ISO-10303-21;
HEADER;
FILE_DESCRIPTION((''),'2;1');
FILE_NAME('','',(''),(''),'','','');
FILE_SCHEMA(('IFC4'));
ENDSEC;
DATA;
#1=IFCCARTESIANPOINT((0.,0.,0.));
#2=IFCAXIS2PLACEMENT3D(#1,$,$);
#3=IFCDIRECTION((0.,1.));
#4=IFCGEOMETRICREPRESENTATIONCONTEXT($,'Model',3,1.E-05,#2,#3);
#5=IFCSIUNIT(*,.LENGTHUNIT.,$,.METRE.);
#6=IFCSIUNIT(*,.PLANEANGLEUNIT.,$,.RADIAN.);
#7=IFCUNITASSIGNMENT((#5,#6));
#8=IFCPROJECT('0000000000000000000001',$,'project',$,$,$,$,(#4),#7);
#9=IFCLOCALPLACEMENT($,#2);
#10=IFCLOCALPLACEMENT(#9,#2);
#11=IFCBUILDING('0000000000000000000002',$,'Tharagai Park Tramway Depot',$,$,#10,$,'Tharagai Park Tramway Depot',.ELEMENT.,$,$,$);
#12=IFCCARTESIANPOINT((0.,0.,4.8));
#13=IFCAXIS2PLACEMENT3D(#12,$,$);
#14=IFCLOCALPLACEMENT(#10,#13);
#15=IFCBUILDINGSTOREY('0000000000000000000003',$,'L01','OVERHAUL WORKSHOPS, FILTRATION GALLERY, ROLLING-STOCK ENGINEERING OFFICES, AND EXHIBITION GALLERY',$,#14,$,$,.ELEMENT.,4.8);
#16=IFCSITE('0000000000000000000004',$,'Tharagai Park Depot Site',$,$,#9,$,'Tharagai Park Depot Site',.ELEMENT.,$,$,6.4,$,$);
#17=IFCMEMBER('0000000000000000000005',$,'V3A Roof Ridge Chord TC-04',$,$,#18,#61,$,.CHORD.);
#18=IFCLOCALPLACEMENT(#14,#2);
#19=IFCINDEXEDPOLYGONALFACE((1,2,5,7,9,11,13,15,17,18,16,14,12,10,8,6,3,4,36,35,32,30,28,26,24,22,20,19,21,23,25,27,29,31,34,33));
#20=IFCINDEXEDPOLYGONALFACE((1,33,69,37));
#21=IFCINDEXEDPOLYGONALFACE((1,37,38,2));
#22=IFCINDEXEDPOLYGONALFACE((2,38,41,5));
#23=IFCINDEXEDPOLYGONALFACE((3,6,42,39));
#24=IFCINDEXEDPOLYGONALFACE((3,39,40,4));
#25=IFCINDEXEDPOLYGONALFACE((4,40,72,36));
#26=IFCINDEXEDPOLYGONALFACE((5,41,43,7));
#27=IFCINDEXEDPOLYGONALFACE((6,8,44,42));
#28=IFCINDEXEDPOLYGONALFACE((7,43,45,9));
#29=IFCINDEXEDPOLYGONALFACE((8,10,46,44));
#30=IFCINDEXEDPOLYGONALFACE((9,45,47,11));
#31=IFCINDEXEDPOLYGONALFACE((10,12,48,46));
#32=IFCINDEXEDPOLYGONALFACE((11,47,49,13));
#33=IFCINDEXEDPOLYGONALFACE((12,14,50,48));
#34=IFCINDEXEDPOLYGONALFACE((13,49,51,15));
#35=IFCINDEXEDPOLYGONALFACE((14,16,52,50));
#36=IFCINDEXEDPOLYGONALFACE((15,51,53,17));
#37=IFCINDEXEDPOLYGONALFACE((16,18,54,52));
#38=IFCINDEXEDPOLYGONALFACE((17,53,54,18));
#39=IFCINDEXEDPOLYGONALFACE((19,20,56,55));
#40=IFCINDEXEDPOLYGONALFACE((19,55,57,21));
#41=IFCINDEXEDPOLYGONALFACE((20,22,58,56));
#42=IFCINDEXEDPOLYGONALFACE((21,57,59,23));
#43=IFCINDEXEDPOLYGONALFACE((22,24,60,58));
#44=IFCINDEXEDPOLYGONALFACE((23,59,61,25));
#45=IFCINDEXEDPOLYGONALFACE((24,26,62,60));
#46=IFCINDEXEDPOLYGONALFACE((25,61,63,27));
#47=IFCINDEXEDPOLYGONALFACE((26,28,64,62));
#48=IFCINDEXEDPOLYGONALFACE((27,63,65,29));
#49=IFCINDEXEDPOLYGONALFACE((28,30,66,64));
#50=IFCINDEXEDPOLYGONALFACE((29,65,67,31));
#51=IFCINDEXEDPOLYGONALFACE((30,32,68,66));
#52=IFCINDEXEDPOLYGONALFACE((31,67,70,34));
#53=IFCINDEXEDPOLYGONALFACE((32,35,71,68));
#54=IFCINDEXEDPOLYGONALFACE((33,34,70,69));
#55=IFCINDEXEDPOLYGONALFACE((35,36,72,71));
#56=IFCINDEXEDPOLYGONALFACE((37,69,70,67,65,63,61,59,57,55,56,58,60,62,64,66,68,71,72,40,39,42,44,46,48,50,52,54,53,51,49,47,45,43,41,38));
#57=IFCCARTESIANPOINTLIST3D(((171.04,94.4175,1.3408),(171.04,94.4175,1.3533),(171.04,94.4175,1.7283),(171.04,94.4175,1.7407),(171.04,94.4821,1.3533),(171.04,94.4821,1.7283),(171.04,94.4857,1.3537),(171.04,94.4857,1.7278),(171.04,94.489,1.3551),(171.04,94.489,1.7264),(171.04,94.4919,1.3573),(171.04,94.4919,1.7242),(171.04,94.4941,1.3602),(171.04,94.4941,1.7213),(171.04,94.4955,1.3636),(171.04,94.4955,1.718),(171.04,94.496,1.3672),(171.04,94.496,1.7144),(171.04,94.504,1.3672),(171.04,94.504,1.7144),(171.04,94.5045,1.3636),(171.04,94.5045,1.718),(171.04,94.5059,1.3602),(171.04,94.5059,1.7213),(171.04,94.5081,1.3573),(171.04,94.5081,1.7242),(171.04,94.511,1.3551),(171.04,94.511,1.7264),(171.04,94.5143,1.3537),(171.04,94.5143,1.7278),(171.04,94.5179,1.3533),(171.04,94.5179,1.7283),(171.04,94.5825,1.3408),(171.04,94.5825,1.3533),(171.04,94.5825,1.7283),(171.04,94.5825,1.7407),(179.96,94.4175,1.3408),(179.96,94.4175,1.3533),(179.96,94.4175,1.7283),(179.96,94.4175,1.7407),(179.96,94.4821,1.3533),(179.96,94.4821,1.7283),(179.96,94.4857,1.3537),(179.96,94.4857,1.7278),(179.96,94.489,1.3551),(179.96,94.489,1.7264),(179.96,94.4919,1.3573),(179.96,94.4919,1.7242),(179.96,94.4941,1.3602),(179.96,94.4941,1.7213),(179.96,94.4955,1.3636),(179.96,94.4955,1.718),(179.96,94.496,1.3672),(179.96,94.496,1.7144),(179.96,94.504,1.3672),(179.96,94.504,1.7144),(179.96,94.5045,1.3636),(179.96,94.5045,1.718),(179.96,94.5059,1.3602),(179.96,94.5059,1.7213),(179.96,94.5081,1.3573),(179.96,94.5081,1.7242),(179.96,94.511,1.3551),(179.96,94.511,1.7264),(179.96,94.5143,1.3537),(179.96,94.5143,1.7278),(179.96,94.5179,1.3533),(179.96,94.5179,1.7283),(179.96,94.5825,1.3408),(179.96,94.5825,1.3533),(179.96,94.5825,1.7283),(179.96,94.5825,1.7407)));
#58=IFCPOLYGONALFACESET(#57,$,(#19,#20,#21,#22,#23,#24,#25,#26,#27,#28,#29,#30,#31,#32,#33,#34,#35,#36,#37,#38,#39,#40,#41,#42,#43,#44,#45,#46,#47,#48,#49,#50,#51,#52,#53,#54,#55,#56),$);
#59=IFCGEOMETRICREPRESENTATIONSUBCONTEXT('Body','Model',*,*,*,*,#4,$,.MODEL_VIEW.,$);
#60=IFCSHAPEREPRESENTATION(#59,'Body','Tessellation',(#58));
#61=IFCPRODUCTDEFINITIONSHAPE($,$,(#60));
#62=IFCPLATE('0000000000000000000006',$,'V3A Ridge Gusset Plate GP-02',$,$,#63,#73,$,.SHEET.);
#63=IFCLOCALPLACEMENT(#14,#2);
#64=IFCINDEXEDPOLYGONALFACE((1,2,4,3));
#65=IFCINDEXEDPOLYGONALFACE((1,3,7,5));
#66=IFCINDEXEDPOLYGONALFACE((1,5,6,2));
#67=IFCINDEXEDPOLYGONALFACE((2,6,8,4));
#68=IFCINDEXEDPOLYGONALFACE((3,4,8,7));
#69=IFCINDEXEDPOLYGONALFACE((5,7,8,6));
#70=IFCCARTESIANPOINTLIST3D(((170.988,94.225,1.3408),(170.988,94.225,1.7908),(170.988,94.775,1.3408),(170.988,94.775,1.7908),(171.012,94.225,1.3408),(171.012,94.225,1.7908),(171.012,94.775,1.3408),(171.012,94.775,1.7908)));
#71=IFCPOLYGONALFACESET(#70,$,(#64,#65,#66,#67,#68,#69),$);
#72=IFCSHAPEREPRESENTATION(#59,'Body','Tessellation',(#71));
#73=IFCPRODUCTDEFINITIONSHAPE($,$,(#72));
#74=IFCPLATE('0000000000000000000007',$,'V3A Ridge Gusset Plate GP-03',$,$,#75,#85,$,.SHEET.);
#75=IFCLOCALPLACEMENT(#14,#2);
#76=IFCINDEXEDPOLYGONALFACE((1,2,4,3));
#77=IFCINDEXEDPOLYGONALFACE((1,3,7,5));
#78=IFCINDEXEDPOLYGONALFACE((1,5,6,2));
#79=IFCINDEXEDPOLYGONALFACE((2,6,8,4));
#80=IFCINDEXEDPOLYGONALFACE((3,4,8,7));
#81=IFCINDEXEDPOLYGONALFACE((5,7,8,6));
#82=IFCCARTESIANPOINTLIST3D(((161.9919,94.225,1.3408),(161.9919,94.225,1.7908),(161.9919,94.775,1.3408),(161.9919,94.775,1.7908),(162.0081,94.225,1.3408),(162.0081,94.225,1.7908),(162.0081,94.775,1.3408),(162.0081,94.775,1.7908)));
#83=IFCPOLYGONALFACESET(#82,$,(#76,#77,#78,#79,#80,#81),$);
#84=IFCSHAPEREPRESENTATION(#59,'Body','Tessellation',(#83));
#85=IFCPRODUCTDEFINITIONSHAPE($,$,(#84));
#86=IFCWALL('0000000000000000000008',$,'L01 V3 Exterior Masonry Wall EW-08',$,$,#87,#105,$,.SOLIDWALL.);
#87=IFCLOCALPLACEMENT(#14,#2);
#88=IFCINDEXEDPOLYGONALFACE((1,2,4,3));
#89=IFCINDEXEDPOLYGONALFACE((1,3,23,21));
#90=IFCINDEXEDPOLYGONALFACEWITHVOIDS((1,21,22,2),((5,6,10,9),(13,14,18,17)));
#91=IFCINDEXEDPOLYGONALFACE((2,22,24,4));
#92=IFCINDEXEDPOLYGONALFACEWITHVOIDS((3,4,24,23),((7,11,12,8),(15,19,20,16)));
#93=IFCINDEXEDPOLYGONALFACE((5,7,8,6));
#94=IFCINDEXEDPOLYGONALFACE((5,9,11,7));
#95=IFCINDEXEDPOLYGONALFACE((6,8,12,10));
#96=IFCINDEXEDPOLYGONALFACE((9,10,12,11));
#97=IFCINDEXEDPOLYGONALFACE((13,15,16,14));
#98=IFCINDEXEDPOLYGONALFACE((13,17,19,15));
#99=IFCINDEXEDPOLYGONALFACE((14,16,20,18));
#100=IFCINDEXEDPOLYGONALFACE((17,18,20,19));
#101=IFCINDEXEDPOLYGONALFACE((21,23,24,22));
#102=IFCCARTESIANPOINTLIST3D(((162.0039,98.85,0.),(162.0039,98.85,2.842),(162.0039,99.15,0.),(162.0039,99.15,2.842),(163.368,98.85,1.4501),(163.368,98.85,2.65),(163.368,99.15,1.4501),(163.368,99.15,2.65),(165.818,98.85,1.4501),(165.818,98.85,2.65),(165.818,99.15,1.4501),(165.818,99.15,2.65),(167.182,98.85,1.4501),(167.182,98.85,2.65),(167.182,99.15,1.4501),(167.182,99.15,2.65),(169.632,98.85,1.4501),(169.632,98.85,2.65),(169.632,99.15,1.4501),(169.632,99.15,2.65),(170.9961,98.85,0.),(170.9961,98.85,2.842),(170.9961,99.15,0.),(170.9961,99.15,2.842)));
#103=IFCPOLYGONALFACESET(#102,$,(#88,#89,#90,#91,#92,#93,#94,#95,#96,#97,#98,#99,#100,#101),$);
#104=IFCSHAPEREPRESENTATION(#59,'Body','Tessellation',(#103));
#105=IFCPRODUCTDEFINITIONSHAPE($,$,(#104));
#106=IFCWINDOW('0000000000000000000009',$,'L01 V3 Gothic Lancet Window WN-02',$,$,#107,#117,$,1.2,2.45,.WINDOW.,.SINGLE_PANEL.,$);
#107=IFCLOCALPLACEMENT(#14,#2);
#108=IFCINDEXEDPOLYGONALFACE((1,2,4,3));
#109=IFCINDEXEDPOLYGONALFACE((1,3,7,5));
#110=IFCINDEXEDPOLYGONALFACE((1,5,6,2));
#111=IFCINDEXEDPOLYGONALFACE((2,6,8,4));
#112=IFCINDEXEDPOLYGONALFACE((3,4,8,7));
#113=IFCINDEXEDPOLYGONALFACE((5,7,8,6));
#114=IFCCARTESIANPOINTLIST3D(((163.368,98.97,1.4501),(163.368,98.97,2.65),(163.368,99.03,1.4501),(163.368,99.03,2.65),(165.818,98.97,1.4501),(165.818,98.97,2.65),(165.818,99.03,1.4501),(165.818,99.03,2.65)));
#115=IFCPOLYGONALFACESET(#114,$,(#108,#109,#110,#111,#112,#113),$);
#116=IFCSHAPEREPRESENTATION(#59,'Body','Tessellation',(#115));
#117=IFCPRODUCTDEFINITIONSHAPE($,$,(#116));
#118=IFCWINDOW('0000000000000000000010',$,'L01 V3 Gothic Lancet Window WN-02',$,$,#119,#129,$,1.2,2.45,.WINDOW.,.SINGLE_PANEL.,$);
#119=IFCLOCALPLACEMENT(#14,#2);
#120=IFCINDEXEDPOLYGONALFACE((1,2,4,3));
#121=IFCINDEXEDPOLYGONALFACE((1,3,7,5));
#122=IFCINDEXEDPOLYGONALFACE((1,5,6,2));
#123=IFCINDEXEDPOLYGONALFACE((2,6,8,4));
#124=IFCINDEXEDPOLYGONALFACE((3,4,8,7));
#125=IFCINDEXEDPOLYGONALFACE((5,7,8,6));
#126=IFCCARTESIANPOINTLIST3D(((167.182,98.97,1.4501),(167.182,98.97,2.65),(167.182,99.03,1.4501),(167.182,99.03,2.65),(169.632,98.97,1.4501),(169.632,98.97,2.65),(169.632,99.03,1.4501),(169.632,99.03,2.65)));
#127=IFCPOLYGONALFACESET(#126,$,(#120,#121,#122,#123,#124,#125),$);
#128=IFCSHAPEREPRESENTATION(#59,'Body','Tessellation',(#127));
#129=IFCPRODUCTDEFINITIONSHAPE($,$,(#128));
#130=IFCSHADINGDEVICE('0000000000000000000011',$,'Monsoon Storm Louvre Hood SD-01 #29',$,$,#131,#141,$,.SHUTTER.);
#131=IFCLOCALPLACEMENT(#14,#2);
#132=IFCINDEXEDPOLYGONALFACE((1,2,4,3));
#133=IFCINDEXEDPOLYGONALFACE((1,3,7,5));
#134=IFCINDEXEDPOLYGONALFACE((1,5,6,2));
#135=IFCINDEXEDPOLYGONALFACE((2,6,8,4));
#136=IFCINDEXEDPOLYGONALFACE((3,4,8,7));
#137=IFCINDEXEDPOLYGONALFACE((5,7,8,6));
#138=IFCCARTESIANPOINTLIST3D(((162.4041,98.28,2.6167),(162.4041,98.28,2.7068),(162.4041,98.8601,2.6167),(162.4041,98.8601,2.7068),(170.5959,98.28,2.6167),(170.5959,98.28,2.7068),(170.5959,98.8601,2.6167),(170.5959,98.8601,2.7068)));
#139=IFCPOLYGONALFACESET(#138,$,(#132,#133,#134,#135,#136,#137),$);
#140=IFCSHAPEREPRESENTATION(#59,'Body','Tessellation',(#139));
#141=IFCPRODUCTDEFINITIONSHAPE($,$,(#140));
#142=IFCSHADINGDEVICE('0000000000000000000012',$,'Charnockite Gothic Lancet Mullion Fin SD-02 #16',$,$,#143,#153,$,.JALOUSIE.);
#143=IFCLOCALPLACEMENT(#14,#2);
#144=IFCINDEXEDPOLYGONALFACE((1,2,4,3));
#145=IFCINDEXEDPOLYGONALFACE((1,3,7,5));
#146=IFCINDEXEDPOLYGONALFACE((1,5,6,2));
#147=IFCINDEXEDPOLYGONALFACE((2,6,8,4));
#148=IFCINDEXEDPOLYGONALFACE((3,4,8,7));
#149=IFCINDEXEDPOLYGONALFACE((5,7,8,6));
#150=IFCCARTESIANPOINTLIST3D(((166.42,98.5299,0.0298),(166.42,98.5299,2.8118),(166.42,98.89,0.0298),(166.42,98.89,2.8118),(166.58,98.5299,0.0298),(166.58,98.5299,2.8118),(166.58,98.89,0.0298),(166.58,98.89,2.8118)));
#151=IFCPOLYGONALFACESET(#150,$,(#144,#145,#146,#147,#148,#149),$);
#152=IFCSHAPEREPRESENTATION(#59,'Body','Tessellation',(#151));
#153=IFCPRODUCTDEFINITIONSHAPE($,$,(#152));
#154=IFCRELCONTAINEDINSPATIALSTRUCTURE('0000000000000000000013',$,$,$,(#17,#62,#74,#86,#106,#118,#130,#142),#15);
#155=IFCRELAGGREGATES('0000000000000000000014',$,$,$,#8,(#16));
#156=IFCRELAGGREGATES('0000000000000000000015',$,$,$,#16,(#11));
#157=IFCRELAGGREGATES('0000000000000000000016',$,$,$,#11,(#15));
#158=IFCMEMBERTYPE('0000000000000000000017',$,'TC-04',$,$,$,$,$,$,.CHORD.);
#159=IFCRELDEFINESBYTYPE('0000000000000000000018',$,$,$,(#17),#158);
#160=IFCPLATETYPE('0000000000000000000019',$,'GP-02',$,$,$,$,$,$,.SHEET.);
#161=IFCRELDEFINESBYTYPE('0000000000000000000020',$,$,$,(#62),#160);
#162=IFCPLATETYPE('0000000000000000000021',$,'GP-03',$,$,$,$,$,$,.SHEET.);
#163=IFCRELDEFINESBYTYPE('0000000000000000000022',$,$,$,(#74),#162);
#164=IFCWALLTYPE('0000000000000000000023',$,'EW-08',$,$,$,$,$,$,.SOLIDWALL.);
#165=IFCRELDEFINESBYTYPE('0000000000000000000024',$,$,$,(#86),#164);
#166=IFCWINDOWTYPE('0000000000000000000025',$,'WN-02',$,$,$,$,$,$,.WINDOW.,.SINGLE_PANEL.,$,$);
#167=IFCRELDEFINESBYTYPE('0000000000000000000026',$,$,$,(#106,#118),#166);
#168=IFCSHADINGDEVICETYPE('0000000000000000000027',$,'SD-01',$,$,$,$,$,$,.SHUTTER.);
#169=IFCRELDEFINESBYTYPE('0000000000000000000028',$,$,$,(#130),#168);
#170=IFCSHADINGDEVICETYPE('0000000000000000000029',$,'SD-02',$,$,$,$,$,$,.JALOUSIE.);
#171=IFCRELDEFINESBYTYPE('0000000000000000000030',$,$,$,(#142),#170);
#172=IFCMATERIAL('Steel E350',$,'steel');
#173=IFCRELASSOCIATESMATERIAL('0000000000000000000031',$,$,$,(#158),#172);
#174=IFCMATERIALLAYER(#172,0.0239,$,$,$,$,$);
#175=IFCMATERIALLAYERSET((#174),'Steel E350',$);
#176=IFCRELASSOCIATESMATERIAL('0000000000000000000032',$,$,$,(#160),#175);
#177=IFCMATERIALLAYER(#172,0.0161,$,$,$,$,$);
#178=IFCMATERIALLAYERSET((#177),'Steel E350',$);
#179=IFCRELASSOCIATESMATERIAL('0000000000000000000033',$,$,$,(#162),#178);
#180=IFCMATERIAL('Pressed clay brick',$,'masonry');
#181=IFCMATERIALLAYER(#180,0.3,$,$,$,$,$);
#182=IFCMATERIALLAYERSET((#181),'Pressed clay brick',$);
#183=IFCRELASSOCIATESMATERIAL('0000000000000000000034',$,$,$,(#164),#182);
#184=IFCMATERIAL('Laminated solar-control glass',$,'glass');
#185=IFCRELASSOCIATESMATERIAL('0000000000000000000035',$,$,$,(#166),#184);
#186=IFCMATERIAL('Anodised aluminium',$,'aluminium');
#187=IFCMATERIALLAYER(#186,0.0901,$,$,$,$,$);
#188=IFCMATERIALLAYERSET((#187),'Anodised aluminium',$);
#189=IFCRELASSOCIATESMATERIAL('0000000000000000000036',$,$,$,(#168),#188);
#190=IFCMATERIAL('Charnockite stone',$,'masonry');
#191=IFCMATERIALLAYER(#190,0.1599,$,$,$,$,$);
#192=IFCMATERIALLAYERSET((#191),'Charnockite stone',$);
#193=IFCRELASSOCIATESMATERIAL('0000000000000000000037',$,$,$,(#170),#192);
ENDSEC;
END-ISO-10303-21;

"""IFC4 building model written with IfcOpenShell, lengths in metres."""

from ifc_helpers import new_model, si_unit, direction, frame, frame_2d, origin, origin_2d, place, context, subcontext, project, spatial, rectangle, i_section, extrude, material, layer, layer_set, material_profile, profile_set, type_object, element, fill, save


model = new_model("IFC4")

# Units and contexts
model_context = context("Model", 3, precision=1e-05, world=origin(), true_north=direction((0.0, 1.0)))
body_context = subcontext(model_context, "Body", "Model", "MODEL_VIEW")
ifc_project = project(units=[si_unit("LENGTHUNIT", "METRE"), si_unit("PLANEANGLEUNIT", "RADIAN")], contexts=[model_context])

# Site, building, storey
site_placement = place(None, origin())
site = spatial("IfcSite", under=ifc_project, at=site_placement, Name="Tharagai Park Depot Site", LongName="Tharagai Park Depot Site", CompositionType="ELEMENT", RefElevation=6.4)
building_placement = place(site_placement, origin())
building = spatial("IfcBuilding", under=site, at=building_placement, Name="Tharagai Park Tramway Depot", LongName="Tharagai Park Tramway Depot", CompositionType="ELEMENT")
storey_placement = place(building_placement, frame((0.0, 0.0, 4.8)))
storey = spatial("IfcBuildingStorey", under=building, at=storey_placement, Name="L01", Description="OVERHAUL WORKSHOPS, FILTRATION GALLERY, ROLLING-STOCK ENGINEERING OFFICES, AND EXHIBITION GALLERY", CompositionType="ELEMENT", Elevation=4.8)

# Shared definitions
ifc_material_1 = material(Name="Steel E350", Category="steel")

# Shared definitions
ifc_material_2 = material(Name="Anodised aluminium", Category="aluminium")

# Member
ifc_material_profile_1 = material_profile(ifc_material_1, i_section(OverallWidth=0.165, OverallDepth=0.3999, WebThickness=0.0081, FlangeThickness=0.0125, FilletRadius=0.0139, at=origin_2d()), Name="ISLB 400")
ifc_profile_set_1 = profile_set([ifc_material_profile_1], Name="Steel E350")
member_type_1 = type_object("IfcMemberType", Name="TC-04", PredefinedType="CHORD", material=ifc_profile_set_1)
for number, where, z_axis, x_axis, name in (
    (1, (171.04, 94.5, 1.5408), (1.0, 0.0, 0.0), (0.0, 1.0, 0.0), "V3A Roof Ridge Chord TC-04"),
):
    element("IfcMember", number, at=place(storey_placement, frame(where, z_axis=z_axis, x_axis=x_axis)), inside=storey, type_object=member_type_1, Name=name, PredefinedType="CHORD", context=body_context, shape_type="SweptSolid", body=[
        extrude(i_section(OverallWidth=0.165, OverallDepth=0.3999, WebThickness=0.0081, FlangeThickness=0.0125, FilletRadius=0.0139, at=origin_2d()), origin(), (0.0, 0.0, 1.0), 8.9199),
    ])

# Plates
ifc_layer_1 = layer(ifc_material_1, 0.0239)
ifc_layer_set_1 = layer_set([ifc_layer_1], Name="Steel E350")
plate_type_1 = type_object("IfcPlateType", Name="GP-02", PredefinedType="SHEET", material=ifc_layer_set_1)
plate_1_placement = place(storey_placement, frame((171.0, 94.5, 1.3408), z_axis=(0.0, 0.0, 1.0), x_axis=(1.0, 0.0, 0.0)))
element("IfcPlate", 2, at=plate_1_placement, inside=storey, type_object=plate_type_1, Name="V3A Ridge Gusset Plate GP-02", PredefinedType="SHEET", context=body_context, shape_type="SweptSolid", body=[
    extrude(rectangle(XDim=0.0239, YDim=0.55, at=origin_2d()), origin(), (0.0, 0.0, 1.0), 0.45),
])
ifc_layer_2 = layer(ifc_material_1, 0.0161)
ifc_layer_set_2 = layer_set([ifc_layer_2], Name="Steel E350")
plate_type_2 = type_object("IfcPlateType", Name="GP-03", PredefinedType="SHEET", material=ifc_layer_set_2)
plate_2_placement = place(storey_placement, frame((162.0, 94.5, 1.3408), z_axis=(0.0, 0.0, 1.0), x_axis=(1.0, 0.0, 0.0)))
element("IfcPlate", 3, at=plate_2_placement, inside=storey, type_object=plate_type_2, Name="V3A Ridge Gusset Plate GP-03", PredefinedType="SHEET", context=body_context, shape_type="SweptSolid", body=[
    extrude(rectangle(XDim=0.0161, YDim=0.55, at=origin_2d()), origin(), (0.0, 0.0, 1.0), 0.45),
])

# Wall, openings, windows
ifc_material_3 = material(Name="Pressed clay brick", Category="masonry")
ifc_layer_3 = layer(ifc_material_3, 0.3)
ifc_layer_set_3 = layer_set([ifc_layer_3], Name="Pressed clay brick")
wall_type = type_object("IfcWallType", Name="EW-08", PredefinedType="SOLIDWALL", material=ifc_layer_set_3)
wall_placement = place(storey_placement, frame((162.0039, 99.0, 0.0), z_axis=(0.0, 0.0, 1.0), x_axis=(1.0, 0.0, 0.0)))
wall = element("IfcWall", 4, at=wall_placement, inside=storey, type_object=wall_type, Name="L01 V3 Exterior Masonry Wall EW-08", PredefinedType="SOLIDWALL", context=body_context, shape_type="SweptSolid", body=[
    extrude(rectangle(XDim=8.9922, YDim=0.3, at=frame_2d((4.4961, 0.0))), origin(), (0.0, 0.0, 1.0), 2.842),
])
opening_1_placement = place(wall_placement, frame((1.364, 0.0, 1.45)))
opening_1 = element("IfcOpeningElement", 5, at=opening_1_placement, cuts=wall, PredefinedType="OPENING", context=body_context, shape_type="SweptSolid", body=[
    extrude(rectangle(XDim=2.45, YDim=1.2, at=frame_2d((1.2251, 0.6001))), frame((0.0, 0.1599, 0.0), z_axis=(0.0, -1.0, 0.0), x_axis=(1.0, 0.0, 0.0)), (0.0, 0.0, 1.0), 0.3201),
])
opening_2_placement = place(wall_placement, frame((5.178, 0.0, 1.45)))
opening_2 = element("IfcOpeningElement", 6, at=opening_2_placement, cuts=wall, PredefinedType="OPENING", context=body_context, shape_type="SweptSolid", body=[
    extrude(rectangle(XDim=2.45, YDim=1.2, at=frame_2d((1.2251, 0.6001))), frame((0.0, 0.1599, 0.0), z_axis=(0.0, -1.0, 0.0), x_axis=(1.0, 0.0, 0.0)), (0.0, 0.0, 1.0), 0.3201),
])
ifc_material_4 = material(Name="Laminated solar-control glass", Category="glass")
window_type = type_object("IfcWindowType", Name="WN-02", PartitioningType="SINGLE_PANEL", PredefinedType="WINDOW", material=ifc_material_4)
window_1_placement = place(opening_1_placement, origin())
window_1 = element("IfcWindow", 7, at=window_1_placement, inside=storey, type_object=window_type, Name="L01 V3 Gothic Lancet Window WN-02", OverallHeight=1.2, OverallWidth=2.45, PartitioningType="SINGLE_PANEL", PredefinedType="WINDOW", context=body_context, shape_type="SweptSolid", body=[
    extrude(rectangle(XDim=2.45, YDim=1.2, at=frame_2d((1.2251, 0.6001))), frame((0.0, 0.03, 0.0), z_axis=(0.0, -1.0, 0.0), x_axis=(1.0, 0.0, 0.0)), (0.0, 0.0, 1.0), 0.0601),
])
fill(opening_1, window_1)
window_2_placement = place(opening_2_placement, origin())
window_2 = element("IfcWindow", 8, at=window_2_placement, inside=storey, type_object=window_type, Name="L01 V3 Gothic Lancet Window WN-02", OverallHeight=1.2, OverallWidth=2.45, PartitioningType="SINGLE_PANEL", PredefinedType="WINDOW", context=body_context, shape_type="SweptSolid", body=[
    extrude(rectangle(XDim=2.45, YDim=1.2, at=frame_2d((1.2251, 0.6001))), frame((0.0, 0.03, 0.0), z_axis=(0.0, -1.0, 0.0), x_axis=(1.0, 0.0, 0.0)), (0.0, 0.0, 1.0), 0.0601),
])
fill(opening_2, window_2)

# Shading devices
ifc_layer_4 = layer(ifc_material_2, 0.0901)
ifc_layer_set_4 = layer_set([ifc_layer_4], Name="Anodised aluminium")
shading_device_type_1 = type_object("IfcShadingDeviceType", Name="SD-01", PredefinedType="SHUTTER", material=ifc_layer_set_4)
shading_device_1_placement = place(storey_placement, frame((166.5, 98.5701, 2.6167), z_axis=(0.0, 0.0, 1.0), x_axis=(1.0, 0.0, 0.0)))
element("IfcShadingDevice", 9, at=shading_device_1_placement, inside=storey, type_object=shading_device_type_1, Name="Monsoon Storm Louvre Hood SD-01 #29", PredefinedType="SHUTTER", context=body_context, shape_type="SweptSolid", body=[
    extrude(rectangle(XDim=8.1919, YDim=0.5801, at=origin_2d()), origin(), (0.0, 0.0, 1.0), 0.0901),
])
ifc_material_5 = material(Name="Charnockite stone", Category="masonry")
ifc_layer_5 = layer(ifc_material_5, 0.1599)
ifc_layer_set_5 = layer_set([ifc_layer_5], Name="Charnockite stone")
shading_device_type_2 = type_object("IfcShadingDeviceType", Name="SD-02", PredefinedType="JALOUSIE", material=ifc_layer_set_5)
shading_device_2_placement = place(storey_placement, frame((166.5, 98.71, 0.0298), z_axis=(0.0, 0.0, 1.0), x_axis=(1.0, 0.0, 0.0)))
element("IfcShadingDevice", 10, at=shading_device_2_placement, inside=storey, type_object=shading_device_type_2, Name="Charnockite Gothic Lancet Mullion Fin SD-02 #16", PredefinedType="JALOUSIE", context=body_context, shape_type="SweptSolid", body=[
    extrude(rectangle(XDim=0.1599, YDim=0.3601, at=origin_2d()), origin(), (0.0, 0.0, 1.0), 2.782),
])

save(model, "model.ifc")
